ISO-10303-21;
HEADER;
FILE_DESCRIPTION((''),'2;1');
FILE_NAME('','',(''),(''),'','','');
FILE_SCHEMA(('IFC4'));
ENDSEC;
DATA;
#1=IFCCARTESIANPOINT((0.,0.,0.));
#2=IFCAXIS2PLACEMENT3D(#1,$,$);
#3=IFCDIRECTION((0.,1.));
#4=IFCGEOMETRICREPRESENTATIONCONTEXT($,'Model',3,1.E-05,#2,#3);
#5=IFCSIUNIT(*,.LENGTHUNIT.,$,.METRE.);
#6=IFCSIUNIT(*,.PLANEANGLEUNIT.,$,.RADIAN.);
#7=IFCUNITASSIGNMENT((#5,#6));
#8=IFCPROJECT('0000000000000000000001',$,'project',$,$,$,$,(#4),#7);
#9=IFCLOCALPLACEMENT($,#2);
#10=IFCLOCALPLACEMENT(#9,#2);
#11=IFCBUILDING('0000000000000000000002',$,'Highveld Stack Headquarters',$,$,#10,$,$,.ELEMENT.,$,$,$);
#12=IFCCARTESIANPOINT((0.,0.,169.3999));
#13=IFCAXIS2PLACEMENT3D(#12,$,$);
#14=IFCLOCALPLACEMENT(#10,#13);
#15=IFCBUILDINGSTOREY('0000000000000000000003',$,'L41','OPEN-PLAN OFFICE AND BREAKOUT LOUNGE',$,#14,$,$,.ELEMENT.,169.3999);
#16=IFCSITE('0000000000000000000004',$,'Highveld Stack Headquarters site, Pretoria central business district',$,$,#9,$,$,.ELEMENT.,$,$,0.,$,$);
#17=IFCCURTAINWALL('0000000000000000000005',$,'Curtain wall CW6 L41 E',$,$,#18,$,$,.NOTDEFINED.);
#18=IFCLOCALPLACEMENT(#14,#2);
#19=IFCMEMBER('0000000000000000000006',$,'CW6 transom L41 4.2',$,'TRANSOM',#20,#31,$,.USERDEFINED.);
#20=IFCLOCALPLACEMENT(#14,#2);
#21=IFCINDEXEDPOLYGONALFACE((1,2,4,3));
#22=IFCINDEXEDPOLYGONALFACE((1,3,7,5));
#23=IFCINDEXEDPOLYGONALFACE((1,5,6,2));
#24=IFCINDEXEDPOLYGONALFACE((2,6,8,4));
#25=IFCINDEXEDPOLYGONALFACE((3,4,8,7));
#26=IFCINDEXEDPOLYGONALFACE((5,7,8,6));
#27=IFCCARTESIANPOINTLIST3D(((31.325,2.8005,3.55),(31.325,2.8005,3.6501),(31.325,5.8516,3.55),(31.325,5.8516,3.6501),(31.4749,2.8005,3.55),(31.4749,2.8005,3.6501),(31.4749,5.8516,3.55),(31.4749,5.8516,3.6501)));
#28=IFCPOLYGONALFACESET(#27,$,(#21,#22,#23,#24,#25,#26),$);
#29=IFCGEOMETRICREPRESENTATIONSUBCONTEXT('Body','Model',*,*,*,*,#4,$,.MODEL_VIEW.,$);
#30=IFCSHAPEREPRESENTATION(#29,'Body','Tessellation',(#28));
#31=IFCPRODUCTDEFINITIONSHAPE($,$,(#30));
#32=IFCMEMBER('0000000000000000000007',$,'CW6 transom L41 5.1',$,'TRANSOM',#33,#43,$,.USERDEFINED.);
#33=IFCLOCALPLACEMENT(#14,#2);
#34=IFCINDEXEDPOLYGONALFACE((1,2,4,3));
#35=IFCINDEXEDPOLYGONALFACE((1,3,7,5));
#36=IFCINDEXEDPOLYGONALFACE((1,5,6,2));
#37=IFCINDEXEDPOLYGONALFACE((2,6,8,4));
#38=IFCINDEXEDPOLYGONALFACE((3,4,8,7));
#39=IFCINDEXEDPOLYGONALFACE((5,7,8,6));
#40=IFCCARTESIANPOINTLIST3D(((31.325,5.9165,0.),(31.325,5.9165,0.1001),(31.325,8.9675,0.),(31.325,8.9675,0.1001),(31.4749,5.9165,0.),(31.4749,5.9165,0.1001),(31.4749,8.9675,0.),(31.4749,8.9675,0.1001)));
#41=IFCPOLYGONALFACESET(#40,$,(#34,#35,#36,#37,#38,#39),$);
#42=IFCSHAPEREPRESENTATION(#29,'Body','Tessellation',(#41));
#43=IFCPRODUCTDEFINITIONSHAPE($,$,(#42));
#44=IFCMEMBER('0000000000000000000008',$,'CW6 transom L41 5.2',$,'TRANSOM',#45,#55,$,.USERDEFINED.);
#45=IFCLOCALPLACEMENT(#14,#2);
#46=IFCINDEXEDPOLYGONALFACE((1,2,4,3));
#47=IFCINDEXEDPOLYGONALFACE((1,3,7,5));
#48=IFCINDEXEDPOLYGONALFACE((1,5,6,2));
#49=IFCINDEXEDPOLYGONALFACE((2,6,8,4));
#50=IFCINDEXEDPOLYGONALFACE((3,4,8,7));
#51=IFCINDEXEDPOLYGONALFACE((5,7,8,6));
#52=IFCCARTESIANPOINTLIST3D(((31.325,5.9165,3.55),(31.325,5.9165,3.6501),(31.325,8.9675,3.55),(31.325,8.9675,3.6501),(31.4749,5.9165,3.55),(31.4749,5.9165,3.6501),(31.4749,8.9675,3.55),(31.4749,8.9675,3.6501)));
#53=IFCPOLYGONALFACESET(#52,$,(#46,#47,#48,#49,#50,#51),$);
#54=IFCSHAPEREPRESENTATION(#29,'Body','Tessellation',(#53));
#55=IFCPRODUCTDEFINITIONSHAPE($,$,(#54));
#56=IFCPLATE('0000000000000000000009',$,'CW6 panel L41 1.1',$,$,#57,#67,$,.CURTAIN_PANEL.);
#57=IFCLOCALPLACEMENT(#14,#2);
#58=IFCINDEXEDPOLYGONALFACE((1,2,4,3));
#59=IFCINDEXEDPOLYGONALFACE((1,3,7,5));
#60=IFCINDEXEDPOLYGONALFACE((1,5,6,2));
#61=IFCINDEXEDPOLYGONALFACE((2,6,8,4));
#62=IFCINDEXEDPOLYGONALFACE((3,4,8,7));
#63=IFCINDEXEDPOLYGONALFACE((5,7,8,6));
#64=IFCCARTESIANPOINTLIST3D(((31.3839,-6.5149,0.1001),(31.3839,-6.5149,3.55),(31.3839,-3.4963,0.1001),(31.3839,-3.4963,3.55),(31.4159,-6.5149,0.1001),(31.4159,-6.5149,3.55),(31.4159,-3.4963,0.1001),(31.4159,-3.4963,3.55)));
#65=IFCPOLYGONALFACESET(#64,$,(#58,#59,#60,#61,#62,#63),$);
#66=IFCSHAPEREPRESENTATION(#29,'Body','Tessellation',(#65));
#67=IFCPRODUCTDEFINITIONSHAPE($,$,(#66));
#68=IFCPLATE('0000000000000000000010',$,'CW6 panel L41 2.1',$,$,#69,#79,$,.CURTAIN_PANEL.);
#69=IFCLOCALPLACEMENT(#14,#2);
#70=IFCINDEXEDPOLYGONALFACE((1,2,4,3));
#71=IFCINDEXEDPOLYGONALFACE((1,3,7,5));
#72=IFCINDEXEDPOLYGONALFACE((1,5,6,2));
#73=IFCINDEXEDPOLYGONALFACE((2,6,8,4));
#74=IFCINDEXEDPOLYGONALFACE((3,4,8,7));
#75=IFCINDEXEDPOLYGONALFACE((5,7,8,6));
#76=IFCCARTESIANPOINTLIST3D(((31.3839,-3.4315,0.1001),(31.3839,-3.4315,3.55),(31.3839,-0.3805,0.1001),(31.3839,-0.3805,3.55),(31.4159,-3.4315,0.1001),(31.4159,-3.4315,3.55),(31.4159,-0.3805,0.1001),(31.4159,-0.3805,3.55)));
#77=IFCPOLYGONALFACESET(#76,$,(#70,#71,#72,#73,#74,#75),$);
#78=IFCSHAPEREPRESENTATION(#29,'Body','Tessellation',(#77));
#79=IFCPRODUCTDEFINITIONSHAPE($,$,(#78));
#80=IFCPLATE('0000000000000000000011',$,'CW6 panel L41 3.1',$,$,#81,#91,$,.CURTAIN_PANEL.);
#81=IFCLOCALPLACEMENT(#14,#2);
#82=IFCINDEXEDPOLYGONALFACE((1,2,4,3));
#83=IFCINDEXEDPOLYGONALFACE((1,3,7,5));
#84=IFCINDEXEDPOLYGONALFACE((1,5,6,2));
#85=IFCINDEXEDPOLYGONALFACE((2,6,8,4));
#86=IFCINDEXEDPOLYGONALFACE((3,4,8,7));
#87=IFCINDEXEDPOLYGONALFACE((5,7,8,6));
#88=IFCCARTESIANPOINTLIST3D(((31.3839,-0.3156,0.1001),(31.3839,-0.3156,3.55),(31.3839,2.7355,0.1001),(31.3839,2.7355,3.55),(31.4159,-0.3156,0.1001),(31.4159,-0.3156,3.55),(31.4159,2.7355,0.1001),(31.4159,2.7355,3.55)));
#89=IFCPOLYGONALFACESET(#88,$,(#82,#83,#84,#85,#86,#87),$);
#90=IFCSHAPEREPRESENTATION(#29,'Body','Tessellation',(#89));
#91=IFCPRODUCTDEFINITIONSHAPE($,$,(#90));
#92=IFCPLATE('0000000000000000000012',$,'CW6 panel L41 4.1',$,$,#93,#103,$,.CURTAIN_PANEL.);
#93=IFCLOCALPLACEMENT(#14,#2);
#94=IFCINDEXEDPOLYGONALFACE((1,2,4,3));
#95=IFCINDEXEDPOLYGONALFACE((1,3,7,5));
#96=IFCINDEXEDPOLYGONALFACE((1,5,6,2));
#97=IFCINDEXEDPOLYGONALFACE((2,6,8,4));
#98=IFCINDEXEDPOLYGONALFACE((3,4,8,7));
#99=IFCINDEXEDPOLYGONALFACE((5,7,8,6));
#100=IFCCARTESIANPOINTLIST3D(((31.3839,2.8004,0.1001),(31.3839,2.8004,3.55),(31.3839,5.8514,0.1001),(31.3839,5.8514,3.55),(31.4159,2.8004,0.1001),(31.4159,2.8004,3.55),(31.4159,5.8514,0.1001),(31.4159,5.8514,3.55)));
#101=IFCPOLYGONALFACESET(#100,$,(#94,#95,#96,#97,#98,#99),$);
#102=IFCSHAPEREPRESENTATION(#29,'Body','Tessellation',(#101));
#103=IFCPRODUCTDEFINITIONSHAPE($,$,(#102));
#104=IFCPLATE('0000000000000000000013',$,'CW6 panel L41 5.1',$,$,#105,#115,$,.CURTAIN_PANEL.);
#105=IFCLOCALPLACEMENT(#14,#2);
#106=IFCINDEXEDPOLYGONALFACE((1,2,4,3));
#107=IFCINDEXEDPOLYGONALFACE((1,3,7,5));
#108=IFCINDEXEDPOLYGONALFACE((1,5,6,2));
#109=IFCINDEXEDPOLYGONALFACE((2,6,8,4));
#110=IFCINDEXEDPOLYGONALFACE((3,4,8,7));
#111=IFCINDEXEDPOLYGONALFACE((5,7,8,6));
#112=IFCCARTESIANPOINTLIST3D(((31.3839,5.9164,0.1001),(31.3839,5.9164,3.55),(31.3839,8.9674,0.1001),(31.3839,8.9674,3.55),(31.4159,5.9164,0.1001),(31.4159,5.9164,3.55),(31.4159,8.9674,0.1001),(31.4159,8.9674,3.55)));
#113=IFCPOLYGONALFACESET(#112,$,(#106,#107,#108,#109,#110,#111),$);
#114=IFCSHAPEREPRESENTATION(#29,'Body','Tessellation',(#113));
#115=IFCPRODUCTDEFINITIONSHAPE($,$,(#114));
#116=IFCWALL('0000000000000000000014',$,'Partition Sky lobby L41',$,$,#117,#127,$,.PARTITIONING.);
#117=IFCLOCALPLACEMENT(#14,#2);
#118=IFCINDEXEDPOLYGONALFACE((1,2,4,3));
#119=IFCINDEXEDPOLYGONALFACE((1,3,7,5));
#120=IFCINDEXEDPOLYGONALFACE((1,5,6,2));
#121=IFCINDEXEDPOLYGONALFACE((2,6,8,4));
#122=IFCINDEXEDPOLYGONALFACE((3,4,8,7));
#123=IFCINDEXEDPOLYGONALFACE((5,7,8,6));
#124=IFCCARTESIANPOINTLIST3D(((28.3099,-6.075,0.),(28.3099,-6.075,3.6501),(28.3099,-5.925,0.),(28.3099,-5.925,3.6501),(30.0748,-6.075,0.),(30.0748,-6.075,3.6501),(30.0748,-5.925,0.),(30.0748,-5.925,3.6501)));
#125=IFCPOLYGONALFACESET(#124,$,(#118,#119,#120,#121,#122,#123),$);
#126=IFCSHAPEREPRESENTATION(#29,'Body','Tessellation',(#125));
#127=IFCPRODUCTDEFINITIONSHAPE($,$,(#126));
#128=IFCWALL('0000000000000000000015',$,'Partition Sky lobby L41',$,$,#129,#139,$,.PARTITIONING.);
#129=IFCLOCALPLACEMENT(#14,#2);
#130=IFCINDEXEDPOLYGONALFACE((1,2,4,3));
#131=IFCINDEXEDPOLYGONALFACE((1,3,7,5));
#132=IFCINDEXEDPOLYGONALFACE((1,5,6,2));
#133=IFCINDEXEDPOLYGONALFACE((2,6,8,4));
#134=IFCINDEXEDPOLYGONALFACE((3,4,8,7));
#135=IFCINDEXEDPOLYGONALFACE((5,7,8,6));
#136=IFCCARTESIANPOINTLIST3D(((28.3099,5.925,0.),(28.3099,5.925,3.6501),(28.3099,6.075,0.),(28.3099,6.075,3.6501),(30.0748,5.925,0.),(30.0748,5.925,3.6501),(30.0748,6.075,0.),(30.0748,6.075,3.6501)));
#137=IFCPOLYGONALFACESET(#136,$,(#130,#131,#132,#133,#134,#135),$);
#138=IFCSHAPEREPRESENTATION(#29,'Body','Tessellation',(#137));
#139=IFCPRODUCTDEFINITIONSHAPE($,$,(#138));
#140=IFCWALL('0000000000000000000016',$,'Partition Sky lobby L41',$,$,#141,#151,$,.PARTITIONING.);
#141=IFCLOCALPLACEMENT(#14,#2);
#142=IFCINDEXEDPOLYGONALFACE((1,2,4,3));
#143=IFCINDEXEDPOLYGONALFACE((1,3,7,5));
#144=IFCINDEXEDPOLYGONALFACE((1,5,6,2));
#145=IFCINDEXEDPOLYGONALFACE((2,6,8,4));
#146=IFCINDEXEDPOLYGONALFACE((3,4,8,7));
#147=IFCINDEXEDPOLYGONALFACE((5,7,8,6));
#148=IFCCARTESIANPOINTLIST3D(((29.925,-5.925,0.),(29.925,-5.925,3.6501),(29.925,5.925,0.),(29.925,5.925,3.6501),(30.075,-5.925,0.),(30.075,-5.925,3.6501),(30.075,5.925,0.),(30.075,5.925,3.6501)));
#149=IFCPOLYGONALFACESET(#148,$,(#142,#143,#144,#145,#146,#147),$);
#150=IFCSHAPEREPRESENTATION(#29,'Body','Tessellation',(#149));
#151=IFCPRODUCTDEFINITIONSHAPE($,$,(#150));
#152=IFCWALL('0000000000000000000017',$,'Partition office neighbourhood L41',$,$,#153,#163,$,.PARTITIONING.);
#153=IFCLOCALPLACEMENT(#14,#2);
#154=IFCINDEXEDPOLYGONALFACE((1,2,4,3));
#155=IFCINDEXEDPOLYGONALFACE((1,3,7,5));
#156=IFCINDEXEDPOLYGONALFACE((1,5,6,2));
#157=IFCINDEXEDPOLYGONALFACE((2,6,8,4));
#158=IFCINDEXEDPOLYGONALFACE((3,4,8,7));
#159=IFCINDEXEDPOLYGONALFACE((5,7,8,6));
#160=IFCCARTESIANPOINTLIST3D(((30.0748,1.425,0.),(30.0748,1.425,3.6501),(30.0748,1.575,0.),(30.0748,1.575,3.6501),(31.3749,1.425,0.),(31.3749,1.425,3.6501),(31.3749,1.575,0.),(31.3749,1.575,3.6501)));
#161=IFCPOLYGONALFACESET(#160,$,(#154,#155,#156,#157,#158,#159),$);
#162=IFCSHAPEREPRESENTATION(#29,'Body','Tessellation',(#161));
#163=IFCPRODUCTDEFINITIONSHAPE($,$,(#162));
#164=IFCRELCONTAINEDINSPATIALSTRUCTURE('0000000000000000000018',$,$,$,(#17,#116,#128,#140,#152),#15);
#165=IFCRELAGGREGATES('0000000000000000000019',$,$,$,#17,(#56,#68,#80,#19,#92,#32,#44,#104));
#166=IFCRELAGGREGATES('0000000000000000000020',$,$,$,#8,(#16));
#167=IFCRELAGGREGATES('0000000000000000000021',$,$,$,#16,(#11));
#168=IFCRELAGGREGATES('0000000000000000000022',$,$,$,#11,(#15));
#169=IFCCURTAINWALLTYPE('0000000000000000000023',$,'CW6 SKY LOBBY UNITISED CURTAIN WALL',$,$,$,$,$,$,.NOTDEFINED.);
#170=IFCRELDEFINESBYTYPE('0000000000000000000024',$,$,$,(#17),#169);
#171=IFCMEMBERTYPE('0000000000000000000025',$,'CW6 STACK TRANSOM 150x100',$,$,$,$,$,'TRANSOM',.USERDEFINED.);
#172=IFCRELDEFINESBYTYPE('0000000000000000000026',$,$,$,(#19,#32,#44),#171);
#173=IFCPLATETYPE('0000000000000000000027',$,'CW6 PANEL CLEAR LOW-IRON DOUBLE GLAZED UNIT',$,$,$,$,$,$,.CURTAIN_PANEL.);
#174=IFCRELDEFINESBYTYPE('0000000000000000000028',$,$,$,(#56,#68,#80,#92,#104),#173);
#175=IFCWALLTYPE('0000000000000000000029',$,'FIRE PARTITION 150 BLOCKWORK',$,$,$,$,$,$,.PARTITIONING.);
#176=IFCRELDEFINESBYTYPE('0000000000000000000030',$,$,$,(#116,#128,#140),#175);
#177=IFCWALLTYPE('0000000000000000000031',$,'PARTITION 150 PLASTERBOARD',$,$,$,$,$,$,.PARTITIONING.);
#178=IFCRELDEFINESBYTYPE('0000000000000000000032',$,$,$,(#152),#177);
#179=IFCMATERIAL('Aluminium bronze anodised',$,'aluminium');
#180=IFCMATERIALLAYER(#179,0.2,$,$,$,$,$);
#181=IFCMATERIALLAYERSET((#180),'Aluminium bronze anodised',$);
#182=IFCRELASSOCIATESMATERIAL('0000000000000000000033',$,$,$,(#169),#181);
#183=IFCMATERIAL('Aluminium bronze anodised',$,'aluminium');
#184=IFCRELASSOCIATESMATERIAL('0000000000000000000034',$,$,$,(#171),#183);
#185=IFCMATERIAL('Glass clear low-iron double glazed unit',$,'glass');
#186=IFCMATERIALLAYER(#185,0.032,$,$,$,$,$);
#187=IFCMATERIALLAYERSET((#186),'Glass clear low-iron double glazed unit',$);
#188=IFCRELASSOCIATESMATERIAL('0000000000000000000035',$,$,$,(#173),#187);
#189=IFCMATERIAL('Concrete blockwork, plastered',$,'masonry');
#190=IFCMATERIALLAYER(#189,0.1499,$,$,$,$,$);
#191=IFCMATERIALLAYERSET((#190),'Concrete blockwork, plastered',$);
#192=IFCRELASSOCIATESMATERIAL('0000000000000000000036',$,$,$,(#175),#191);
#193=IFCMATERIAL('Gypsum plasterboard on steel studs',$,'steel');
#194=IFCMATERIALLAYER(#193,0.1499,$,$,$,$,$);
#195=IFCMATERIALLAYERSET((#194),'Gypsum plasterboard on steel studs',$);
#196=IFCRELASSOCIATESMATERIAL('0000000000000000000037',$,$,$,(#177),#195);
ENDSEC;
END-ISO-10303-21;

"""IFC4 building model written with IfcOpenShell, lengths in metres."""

from ifc_helpers import new_model, si_unit, direction, frame, frame_2d, origin, origin_2d, place, context, subcontext, project, spatial, rectangle, extrude, material, layer, layer_set, material_profile, profile_set, type_object, element, aggregate, save


model = new_model("IFC4")

# Units and contexts
model_context = context("Model", 3, precision=1e-05, world=origin(), true_north=direction((0.0, 1.0)))
body_context = subcontext(model_context, "Body", "Model", "MODEL_VIEW")
ifc_project = project(units=[si_unit("LENGTHUNIT", "METRE"), si_unit("PLANEANGLEUNIT", "RADIAN")], contexts=[model_context])

# Site, building, storey
site_placement = place(None, origin())
site = spatial("IfcSite", under=ifc_project, at=site_placement, Name="Highveld Stack Headquarters site, Pretoria central business district", CompositionType="ELEMENT", RefElevation=0.0)
building_placement = place(site_placement, origin())
building = spatial("IfcBuilding", under=site, at=building_placement, Name="Highveld Stack Headquarters", CompositionType="ELEMENT")
storey_placement = place(building_placement, frame((0.0, 0.0, 169.3999)))
storey = spatial("IfcBuildingStorey", under=building, at=storey_placement, Name="L41", Description="OPEN-PLAN OFFICE AND BREAKOUT LOUNGE", CompositionType="ELEMENT", Elevation=169.3999)

# Curtain wall, members, plates
ifc_material_1 = material(Name="Aluminium bronze anodised", Category="aluminium")
ifc_layer_1 = layer(ifc_material_1, 0.2)
ifc_layer_set_1 = layer_set([ifc_layer_1], Name="Aluminium bronze anodised")
curtain_wall_type = type_object("IfcCurtainWallType", Name="CW6 SKY LOBBY UNITISED CURTAIN WALL", PredefinedType="NOTDEFINED", material=ifc_layer_set_1)
curtain_wall_placement = place(storey_placement, origin())
curtain_wall = element("IfcCurtainWall", 1, at=curtain_wall_placement, inside=storey, type_object=curtain_wall_type, Name="Curtain wall CW6 L41 E", PredefinedType="NOTDEFINED")
ifc_material_2 = material(Name="Aluminium bronze anodised", Category="aluminium")
ifc_material_profile_1 = material_profile(ifc_material_2, rectangle(XDim=0.1499, YDim=0.1001, at=origin_2d()), Name="CW6 TRANSOM 150x100")
ifc_profile_set_1 = profile_set([ifc_material_profile_1], Name="Aluminium bronze anodised")
member_type_1 = type_object("IfcMemberType", Name="CW6 STACK TRANSOM 150x100", ElementType="TRANSOM", PredefinedType="USERDEFINED", material=ifc_profile_set_1)
member_1_placement = place(storey_placement, frame((31.3999, 2.8005, 3.6001), z_axis=(0.0, 1.0, 0.0), x_axis=(-1.0, 0.0, 0.0)))
member_1 = element("IfcMember", 2, at=member_1_placement, type_object=member_type_1, Name="CW6 transom L41 4.2", ObjectType="TRANSOM", PredefinedType="USERDEFINED", context=body_context, shape_type="SweptSolid", body=[
    extrude(rectangle(XDim=0.1499, YDim=0.1001, at=origin_2d()), origin(), (0.0, 0.0, 1.0), 3.051),
])
member_2_placement = place(storey_placement, frame((31.3999, 5.9165, 0.05), z_axis=(0.0, 1.0, 0.0), x_axis=(-1.0, 0.0, 0.0)))
member_2 = element("IfcMember", 3, at=member_2_placement, type_object=member_type_1, Name="CW6 transom L41 5.1", ObjectType="TRANSOM", PredefinedType="USERDEFINED", context=body_context, shape_type="SweptSolid", body=[
    extrude(rectangle(XDim=0.1499, YDim=0.1001, at=origin_2d()), origin(), (0.0, 0.0, 1.0), 3.051),
])
member_3_placement = place(storey_placement, frame((31.3999, 5.9165, 3.6001), z_axis=(0.0, 1.0, 0.0), x_axis=(-1.0, 0.0, 0.0)))
member_3 = element("IfcMember", 4, at=member_3_placement, type_object=member_type_1, Name="CW6 transom L41 5.2", ObjectType="TRANSOM", PredefinedType="USERDEFINED", context=body_context, shape_type="SweptSolid", body=[
    extrude(rectangle(XDim=0.1499, YDim=0.1001, at=origin_2d()), origin(), (0.0, 0.0, 1.0), 3.051),
])
ifc_material_3 = material(Name="Glass clear low-iron double glazed unit", Category="glass")
ifc_layer_2 = layer(ifc_material_3, 0.032)
ifc_layer_set_2 = layer_set([ifc_layer_2], Name="Glass clear low-iron double glazed unit")
plate_type = type_object("IfcPlateType", Name="CW6 PANEL CLEAR LOW-IRON DOUBLE GLAZED UNIT", PredefinedType="CURTAIN_PANEL", material=ifc_layer_set_2)
plate_1_placement = place(storey_placement, frame((31.3999, -5.0056, 0.1001), z_axis=(0.0, 0.0, 1.0), x_axis=(0.0, 1.0, 0.0)))
plate_1 = element("IfcPlate", 5, at=plate_1_placement, type_object=plate_type, Name="CW6 panel L41 1.1", PredefinedType="CURTAIN_PANEL", context=body_context, shape_type="SweptSolid", body=[
    extrude(rectangle(XDim=3.0186, YDim=0.032, at=origin_2d()), origin(), (0.0, 0.0, 1.0), 3.45),
])
plate_2_placement = place(storey_placement, frame((31.3999, -1.906, 0.1001), z_axis=(0.0, 0.0, 1.0), x_axis=(0.0, 1.0, 0.0)))
plate_2 = element("IfcPlate", 6, at=plate_2_placement, type_object=plate_type, Name="CW6 panel L41 2.1", PredefinedType="CURTAIN_PANEL", context=body_context, shape_type="SweptSolid", body=[
    extrude(rectangle(XDim=3.051, YDim=0.032, at=origin_2d()), origin(), (0.0, 0.0, 1.0), 3.45),
])
plate_3_placement = place(storey_placement, frame((31.3999, 1.21, 0.1001), z_axis=(0.0, 0.0, 1.0), x_axis=(0.0, 1.0, 0.0)))
plate_3 = element("IfcPlate", 7, at=plate_3_placement, type_object=plate_type, Name="CW6 panel L41 3.1", PredefinedType="CURTAIN_PANEL", context=body_context, shape_type="SweptSolid", body=[
    extrude(rectangle(XDim=3.051, YDim=0.032, at=origin_2d()), origin(), (0.0, 0.0, 1.0), 3.45),
])
plate_4_placement = place(storey_placement, frame((31.3999, 4.3259, 0.1001), z_axis=(0.0, 0.0, 1.0), x_axis=(0.0, 1.0, 0.0)))
plate_4 = element("IfcPlate", 8, at=plate_4_placement, type_object=plate_type, Name="CW6 panel L41 4.1", PredefinedType="CURTAIN_PANEL", context=body_context, shape_type="SweptSolid", body=[
    extrude(rectangle(XDim=3.051, YDim=0.032, at=origin_2d()), origin(), (0.0, 0.0, 1.0), 3.45),
])
plate_5_placement = place(storey_placement, frame((31.3999, 7.4419, 0.1001), z_axis=(0.0, 0.0, 1.0), x_axis=(0.0, 1.0, 0.0)))
plate_5 = element("IfcPlate", 9, at=plate_5_placement, type_object=plate_type, Name="CW6 panel L41 5.1", PredefinedType="CURTAIN_PANEL", context=body_context, shape_type="SweptSolid", body=[
    extrude(rectangle(XDim=3.051, YDim=0.032, at=origin_2d()), origin(), (0.0, 0.0, 1.0), 3.45),
])
aggregate(curtain_wall, [plate_1, plate_2, plate_3, member_1, plate_4, member_2, member_3, plate_5])

# Walls
ifc_material_4 = material(Name="Concrete blockwork, plastered", Category="masonry")
ifc_layer_3 = layer(ifc_material_4, 0.1499)
ifc_layer_set_3 = layer_set([ifc_layer_3], Name="Concrete blockwork, plastered")
wall_type_1 = type_object("IfcWallType", Name="FIRE PARTITION 150 BLOCKWORK", PredefinedType="PARTITIONING", material=ifc_layer_set_3)
for number, where, z_axis, x_axis, name in (
    (10, (28.3101, -6.0, 0.0), (0.0, 0.0, 1.0), (1.0, 0.0, 0.0), "Partition Sky lobby L41"),
    (11, (28.3101, 6.0, 0.0), (0.0, 0.0, 1.0), (1.0, 0.0, 0.0), "Partition Sky lobby L41"),
):
    element("IfcWall", number, at=place(storey_placement, frame(where, z_axis=z_axis, x_axis=x_axis)), inside=storey, type_object=wall_type_1, Name=name, PredefinedType="PARTITIONING", context=body_context, shape_type="SweptSolid", body=[
        extrude(rectangle(XDim=1.7649, YDim=0.1499, at=frame_2d((0.8823, 0.0))), origin(), (0.0, 0.0, 1.0), 3.6501),
    ])
wall_1_placement = place(storey_placement, frame((30.0, -5.925, 0.0), z_axis=(0.0, 0.0, 1.0), x_axis=(0.0, 1.0, 0.0)))
element("IfcWall", 12, at=wall_1_placement, inside=storey, type_object=wall_type_1, Name="Partition Sky lobby L41", PredefinedType="PARTITIONING", context=body_context, shape_type="SweptSolid", body=[
    extrude(rectangle(XDim=11.8501, YDim=0.1499, at=frame_2d((5.925, 0.0))), origin(), (0.0, 0.0, 1.0), 3.6501),
])
ifc_material_5 = material(Name="Gypsum plasterboard on steel studs", Category="steel")
ifc_layer_4 = layer(ifc_material_5, 0.1499)
ifc_layer_set_4 = layer_set([ifc_layer_4], Name="Gypsum plasterboard on steel studs")
wall_type_2 = type_object("IfcWallType", Name="PARTITION 150 PLASTERBOARD", PredefinedType="PARTITIONING", material=ifc_layer_set_4)
wall_2_placement = place(storey_placement, frame((30.075, 1.5, 0.0), z_axis=(0.0, 0.0, 1.0), x_axis=(1.0, 0.0, 0.0)))
element("IfcWall", 13, at=wall_2_placement, inside=storey, type_object=wall_type_2, Name="Partition office neighbourhood L41", PredefinedType="PARTITIONING", context=body_context, shape_type="SweptSolid", body=[
    extrude(rectangle(XDim=1.3, YDim=0.1499, at=frame_2d((0.6499, 0.0))), origin(), (0.0, 0.0, 1.0), 3.6501),
])

save(model, "model.ifc")
